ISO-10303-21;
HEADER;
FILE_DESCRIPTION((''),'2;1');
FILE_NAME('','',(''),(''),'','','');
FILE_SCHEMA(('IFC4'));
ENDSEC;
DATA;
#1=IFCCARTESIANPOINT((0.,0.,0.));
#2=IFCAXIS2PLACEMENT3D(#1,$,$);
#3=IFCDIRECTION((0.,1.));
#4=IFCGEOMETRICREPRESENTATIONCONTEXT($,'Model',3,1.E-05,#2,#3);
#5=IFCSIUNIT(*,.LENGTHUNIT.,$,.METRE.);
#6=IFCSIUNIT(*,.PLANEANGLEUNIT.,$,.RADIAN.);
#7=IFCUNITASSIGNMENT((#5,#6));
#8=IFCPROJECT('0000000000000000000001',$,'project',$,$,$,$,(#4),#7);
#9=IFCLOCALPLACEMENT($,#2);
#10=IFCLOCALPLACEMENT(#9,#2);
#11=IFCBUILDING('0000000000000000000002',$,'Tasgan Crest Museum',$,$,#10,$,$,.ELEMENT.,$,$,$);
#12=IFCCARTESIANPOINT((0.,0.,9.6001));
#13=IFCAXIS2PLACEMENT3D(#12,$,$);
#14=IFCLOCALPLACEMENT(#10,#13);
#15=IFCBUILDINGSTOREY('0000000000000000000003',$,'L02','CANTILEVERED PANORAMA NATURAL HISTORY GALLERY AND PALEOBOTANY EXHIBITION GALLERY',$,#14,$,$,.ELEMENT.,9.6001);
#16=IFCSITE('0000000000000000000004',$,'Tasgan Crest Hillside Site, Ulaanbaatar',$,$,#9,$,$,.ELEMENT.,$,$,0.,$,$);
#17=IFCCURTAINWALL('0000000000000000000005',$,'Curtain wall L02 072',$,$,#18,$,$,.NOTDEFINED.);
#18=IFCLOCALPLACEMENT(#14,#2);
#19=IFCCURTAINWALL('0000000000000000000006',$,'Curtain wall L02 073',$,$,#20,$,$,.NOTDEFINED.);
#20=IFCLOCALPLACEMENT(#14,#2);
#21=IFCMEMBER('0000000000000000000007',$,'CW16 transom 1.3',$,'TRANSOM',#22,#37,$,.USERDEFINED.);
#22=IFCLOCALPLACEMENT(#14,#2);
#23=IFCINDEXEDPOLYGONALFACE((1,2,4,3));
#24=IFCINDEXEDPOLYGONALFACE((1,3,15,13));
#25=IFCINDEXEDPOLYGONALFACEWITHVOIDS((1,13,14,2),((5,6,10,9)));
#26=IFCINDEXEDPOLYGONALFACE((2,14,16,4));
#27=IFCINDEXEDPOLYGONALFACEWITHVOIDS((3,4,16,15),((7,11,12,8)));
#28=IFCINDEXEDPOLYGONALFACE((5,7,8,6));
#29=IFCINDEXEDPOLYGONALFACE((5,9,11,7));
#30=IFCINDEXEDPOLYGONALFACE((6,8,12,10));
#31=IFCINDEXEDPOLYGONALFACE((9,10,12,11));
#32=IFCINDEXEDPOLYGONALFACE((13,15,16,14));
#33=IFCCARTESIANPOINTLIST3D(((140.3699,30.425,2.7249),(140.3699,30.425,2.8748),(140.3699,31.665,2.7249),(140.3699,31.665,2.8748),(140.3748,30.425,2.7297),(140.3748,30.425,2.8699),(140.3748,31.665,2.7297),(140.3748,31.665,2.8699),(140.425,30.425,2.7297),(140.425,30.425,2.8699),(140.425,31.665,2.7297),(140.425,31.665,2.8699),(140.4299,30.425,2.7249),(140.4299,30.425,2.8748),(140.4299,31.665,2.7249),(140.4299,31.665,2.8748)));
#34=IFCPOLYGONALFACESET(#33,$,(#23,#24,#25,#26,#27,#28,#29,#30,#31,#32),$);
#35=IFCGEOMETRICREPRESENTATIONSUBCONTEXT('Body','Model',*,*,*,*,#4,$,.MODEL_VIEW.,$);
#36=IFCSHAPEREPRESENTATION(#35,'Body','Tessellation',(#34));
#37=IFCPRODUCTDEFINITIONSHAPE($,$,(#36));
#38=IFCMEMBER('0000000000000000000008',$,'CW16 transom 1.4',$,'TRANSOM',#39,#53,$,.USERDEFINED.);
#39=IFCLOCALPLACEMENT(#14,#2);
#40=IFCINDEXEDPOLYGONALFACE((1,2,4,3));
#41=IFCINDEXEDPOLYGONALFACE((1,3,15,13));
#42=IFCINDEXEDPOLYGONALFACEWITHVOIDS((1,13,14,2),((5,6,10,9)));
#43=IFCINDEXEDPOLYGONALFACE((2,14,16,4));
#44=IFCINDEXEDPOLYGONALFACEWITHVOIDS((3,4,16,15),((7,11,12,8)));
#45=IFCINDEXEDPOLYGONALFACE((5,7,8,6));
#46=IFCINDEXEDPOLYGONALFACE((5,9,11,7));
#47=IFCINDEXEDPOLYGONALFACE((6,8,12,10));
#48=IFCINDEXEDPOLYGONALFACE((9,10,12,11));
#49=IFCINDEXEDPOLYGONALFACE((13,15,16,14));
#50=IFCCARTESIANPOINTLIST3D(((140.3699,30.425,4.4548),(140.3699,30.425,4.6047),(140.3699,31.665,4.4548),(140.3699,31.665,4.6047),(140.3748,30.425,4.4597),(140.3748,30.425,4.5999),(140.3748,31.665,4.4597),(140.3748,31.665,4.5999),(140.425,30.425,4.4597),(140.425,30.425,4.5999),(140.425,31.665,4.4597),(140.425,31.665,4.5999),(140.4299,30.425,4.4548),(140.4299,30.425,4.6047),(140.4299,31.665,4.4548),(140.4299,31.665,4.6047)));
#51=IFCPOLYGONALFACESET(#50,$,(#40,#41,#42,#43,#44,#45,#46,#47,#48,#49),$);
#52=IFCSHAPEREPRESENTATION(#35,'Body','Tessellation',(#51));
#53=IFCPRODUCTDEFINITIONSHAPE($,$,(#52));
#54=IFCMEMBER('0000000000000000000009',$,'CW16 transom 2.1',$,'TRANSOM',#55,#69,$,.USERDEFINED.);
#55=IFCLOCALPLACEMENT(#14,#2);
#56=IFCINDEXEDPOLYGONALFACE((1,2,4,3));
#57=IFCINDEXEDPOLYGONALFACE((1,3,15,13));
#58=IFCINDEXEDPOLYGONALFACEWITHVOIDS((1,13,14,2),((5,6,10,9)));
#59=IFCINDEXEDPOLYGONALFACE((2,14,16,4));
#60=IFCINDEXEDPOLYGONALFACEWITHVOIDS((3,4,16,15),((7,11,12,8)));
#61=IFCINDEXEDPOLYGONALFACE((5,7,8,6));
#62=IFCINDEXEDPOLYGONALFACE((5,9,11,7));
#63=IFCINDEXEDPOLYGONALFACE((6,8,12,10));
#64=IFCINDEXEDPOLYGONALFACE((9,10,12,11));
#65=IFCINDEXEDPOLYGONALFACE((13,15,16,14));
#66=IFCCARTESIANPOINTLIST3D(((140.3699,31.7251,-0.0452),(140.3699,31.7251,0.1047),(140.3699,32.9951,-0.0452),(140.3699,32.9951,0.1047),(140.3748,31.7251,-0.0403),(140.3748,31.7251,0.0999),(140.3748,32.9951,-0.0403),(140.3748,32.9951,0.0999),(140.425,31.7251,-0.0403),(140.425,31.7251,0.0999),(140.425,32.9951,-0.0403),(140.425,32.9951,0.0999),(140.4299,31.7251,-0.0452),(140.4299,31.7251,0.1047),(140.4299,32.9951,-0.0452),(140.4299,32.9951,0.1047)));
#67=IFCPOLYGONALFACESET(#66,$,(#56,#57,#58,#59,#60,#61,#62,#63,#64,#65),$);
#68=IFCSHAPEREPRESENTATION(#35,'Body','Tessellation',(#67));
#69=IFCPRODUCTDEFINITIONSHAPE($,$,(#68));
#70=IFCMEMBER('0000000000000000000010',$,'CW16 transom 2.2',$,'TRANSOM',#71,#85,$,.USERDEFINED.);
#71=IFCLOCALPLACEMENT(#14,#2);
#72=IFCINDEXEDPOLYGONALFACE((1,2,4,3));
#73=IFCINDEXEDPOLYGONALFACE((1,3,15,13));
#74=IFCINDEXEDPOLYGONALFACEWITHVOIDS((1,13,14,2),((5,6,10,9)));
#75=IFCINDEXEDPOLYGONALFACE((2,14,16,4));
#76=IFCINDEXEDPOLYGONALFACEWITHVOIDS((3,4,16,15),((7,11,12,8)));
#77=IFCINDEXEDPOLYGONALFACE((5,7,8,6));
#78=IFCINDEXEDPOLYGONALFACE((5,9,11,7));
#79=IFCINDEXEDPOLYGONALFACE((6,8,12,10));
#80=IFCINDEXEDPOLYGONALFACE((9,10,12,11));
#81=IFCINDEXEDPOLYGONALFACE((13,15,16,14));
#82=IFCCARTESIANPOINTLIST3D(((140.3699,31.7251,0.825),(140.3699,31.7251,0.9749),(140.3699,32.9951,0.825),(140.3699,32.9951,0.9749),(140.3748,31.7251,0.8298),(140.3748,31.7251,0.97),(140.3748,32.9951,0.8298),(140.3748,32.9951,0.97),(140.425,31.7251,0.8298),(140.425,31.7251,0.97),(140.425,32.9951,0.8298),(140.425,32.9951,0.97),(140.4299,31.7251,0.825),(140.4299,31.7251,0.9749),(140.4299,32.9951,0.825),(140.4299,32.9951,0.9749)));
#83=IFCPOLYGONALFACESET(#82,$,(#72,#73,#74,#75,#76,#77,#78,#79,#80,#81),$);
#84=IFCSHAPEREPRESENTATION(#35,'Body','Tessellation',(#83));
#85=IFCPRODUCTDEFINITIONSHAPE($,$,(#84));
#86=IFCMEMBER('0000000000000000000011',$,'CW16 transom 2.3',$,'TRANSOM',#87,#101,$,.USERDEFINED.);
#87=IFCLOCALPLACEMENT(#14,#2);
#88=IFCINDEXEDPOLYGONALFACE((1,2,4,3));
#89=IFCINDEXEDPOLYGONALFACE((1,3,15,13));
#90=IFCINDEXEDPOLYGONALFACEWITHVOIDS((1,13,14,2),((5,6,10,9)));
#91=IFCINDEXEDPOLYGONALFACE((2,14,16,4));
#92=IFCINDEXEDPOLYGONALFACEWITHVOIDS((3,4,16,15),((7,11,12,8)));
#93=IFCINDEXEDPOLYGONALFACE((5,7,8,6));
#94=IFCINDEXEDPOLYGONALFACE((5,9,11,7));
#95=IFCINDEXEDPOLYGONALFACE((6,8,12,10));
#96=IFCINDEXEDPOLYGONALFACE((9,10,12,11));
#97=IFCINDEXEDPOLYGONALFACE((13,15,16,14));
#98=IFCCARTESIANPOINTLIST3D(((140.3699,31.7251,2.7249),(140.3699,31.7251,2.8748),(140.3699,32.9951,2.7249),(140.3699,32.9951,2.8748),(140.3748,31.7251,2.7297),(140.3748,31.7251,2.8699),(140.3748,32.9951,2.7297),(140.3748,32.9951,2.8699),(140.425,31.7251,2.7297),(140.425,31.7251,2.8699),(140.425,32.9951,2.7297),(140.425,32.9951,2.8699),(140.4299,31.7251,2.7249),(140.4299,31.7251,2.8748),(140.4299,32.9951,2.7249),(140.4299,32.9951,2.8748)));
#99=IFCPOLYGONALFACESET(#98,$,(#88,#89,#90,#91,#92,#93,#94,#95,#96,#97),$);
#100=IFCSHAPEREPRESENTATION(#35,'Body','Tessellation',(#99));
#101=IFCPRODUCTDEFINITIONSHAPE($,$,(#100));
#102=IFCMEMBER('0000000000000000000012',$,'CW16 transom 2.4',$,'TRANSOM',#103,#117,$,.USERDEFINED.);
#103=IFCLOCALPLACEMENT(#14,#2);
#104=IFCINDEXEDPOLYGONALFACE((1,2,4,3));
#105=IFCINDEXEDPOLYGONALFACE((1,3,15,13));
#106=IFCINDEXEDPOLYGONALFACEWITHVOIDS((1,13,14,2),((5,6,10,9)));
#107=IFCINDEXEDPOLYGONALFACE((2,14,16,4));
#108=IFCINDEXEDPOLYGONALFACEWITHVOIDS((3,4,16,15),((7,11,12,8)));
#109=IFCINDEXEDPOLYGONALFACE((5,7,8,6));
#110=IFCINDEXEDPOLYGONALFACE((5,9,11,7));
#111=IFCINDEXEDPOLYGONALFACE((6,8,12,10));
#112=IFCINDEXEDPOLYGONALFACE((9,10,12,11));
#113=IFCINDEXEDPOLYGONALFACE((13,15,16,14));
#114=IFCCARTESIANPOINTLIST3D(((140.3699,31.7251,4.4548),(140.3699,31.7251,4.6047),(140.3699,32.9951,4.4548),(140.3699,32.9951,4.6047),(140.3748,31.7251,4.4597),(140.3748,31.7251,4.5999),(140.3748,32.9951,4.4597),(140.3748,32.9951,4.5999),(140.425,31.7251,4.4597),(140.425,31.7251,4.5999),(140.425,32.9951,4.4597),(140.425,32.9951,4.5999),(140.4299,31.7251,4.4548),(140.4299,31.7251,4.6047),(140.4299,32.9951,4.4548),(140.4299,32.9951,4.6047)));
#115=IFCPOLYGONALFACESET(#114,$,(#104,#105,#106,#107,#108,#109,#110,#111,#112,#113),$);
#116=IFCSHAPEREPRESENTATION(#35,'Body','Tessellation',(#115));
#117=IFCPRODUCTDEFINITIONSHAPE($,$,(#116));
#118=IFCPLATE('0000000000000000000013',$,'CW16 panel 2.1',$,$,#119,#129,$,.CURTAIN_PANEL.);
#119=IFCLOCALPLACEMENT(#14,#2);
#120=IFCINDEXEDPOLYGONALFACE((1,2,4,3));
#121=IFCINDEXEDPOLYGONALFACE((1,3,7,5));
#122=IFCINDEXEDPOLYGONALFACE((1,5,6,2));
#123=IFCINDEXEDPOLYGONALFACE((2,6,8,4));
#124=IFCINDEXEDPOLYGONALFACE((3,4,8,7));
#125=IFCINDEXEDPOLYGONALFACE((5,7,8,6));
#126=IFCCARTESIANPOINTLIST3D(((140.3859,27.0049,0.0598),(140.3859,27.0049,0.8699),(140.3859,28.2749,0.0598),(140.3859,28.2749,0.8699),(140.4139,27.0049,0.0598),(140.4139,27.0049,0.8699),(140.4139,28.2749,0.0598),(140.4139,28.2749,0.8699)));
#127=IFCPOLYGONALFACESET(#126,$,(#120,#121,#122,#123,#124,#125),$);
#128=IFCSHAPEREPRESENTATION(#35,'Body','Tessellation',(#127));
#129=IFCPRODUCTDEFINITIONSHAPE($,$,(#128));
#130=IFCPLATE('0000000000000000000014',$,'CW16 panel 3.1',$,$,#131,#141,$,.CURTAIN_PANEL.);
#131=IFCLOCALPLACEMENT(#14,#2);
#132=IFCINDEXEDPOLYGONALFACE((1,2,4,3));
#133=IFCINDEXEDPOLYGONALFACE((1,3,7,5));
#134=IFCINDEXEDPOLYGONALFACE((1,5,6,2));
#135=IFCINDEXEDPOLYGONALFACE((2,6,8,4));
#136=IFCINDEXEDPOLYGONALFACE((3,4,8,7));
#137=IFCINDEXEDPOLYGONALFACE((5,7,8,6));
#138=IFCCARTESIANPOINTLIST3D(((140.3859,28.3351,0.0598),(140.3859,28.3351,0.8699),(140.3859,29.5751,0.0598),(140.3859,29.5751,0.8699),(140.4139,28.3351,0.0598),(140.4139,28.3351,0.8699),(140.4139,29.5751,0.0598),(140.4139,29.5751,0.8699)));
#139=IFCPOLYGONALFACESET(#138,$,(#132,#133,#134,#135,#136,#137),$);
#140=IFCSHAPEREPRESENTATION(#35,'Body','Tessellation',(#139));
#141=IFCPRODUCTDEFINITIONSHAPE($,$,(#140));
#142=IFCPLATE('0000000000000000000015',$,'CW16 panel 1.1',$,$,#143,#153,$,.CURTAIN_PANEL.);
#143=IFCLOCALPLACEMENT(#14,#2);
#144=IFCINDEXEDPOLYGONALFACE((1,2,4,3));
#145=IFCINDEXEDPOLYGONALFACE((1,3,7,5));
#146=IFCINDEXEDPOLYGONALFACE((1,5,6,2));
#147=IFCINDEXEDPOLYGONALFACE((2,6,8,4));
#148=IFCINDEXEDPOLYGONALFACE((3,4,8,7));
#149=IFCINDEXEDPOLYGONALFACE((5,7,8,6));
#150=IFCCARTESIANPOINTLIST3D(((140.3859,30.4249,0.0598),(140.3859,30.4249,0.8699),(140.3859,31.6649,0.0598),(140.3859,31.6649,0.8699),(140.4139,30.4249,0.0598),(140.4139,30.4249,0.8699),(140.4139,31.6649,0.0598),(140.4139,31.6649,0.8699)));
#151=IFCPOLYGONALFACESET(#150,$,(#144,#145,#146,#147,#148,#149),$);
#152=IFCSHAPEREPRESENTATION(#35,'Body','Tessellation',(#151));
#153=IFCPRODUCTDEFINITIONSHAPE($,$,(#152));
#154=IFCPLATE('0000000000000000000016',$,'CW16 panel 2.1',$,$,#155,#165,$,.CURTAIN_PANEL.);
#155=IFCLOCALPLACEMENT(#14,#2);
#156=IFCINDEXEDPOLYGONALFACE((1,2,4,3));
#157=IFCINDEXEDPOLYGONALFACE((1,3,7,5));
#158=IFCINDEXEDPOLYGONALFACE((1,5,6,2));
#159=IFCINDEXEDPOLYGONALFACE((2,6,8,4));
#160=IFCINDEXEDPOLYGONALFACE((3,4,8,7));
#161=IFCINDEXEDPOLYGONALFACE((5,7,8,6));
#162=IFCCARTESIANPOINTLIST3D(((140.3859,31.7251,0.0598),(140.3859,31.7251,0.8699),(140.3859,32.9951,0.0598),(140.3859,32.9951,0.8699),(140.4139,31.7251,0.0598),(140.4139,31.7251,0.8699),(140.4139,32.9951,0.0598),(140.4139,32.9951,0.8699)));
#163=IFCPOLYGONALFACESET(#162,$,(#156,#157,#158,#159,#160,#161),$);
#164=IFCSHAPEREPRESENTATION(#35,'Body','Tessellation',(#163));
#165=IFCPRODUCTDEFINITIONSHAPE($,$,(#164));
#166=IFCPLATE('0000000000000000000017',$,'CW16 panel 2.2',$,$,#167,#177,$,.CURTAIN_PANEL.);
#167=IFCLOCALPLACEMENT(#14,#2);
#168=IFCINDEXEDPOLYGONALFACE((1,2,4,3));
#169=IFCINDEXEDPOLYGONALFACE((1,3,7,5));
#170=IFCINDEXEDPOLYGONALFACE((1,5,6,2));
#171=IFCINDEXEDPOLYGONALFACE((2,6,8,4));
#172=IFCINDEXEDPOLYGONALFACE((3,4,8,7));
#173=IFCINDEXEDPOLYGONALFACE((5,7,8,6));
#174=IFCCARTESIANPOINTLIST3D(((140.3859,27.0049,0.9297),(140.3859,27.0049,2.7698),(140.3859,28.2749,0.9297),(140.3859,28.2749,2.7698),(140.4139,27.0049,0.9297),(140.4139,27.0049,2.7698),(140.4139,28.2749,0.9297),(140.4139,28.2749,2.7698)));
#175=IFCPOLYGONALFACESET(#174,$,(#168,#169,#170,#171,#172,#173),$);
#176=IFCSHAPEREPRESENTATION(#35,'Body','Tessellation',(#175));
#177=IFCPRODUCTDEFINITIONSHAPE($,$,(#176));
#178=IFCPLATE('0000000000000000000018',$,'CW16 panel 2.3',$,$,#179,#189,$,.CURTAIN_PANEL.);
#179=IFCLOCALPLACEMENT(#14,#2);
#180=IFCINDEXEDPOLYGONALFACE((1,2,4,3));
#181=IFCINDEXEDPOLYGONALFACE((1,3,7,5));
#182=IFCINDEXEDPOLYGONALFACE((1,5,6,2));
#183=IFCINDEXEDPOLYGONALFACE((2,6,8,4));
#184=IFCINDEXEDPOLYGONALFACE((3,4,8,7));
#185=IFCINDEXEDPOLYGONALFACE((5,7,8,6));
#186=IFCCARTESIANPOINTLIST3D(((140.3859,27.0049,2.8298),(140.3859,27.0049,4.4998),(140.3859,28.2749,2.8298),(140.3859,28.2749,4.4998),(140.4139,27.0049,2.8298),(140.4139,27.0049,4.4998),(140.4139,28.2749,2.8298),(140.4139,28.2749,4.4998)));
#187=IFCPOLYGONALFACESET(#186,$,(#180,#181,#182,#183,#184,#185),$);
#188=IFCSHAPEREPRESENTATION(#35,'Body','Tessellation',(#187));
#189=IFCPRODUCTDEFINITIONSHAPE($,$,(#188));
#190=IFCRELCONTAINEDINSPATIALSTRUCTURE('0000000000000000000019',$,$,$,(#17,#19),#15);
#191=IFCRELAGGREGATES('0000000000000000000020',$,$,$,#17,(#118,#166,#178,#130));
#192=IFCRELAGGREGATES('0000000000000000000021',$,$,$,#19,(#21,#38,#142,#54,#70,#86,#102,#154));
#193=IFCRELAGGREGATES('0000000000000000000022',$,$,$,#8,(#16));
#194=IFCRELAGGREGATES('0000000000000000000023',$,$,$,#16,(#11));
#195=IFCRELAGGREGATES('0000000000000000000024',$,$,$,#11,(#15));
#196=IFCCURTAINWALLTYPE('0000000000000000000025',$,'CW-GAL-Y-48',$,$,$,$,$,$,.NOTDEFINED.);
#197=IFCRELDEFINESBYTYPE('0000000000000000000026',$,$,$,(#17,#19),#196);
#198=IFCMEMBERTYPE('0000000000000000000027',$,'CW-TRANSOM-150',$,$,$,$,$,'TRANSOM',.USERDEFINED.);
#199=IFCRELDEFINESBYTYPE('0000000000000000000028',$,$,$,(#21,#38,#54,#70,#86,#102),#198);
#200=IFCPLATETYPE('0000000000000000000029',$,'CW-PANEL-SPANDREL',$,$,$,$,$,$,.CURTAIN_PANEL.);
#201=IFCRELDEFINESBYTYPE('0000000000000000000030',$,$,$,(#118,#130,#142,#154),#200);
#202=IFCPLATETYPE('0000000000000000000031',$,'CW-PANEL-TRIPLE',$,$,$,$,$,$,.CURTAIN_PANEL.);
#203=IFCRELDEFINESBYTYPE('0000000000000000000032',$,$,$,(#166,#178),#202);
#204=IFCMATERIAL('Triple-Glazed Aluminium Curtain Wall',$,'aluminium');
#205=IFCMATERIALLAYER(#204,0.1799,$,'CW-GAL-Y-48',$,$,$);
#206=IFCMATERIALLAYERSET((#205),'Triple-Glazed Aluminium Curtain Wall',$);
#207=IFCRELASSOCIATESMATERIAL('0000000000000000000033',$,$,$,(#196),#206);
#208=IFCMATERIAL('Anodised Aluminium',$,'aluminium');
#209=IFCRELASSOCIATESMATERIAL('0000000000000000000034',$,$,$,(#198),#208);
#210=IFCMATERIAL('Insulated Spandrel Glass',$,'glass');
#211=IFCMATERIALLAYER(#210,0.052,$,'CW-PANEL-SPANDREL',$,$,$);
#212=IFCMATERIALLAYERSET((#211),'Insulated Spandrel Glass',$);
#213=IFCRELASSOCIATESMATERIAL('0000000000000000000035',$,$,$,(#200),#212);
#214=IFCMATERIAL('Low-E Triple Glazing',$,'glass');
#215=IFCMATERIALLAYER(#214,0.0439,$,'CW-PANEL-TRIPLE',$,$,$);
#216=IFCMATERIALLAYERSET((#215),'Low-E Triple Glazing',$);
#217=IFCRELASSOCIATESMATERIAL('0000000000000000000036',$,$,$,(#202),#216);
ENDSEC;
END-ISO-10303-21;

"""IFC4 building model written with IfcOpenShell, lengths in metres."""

from ifc_helpers import new_model, si_unit, direction, frame, origin, origin_2d, place, context, subcontext, project, spatial, rectangle, hollow_rectangle, extrude, material, layer, layer_set, material_profile, profile_set, type_object, element, aggregate, save


model = new_model("IFC4")

# Units and contexts
model_context = context("Model", 3, precision=1e-05, world=origin(), true_north=direction((0.0, 1.0)))
body_context = subcontext(model_context, "Body", "Model", "MODEL_VIEW")
ifc_project = project(units=[si_unit("LENGTHUNIT", "METRE"), si_unit("PLANEANGLEUNIT", "RADIAN")], contexts=[model_context])

# Site, building, storey
site_placement = place(None, origin())
site = spatial("IfcSite", under=ifc_project, at=site_placement, Name="Tasgan Crest Hillside Site, Ulaanbaatar", CompositionType="ELEMENT", RefElevation=0.0)
building_placement = place(site_placement, origin())
building = spatial("IfcBuilding", under=site, at=building_placement, Name="Tasgan Crest Museum", CompositionType="ELEMENT")
storey_placement = place(building_placement, frame((0.0, 0.0, 9.6001)))
storey = spatial("IfcBuildingStorey", under=building, at=storey_placement, Name="L02", Description="CANTILEVERED PANORAMA NATURAL HISTORY GALLERY AND PALEOBOTANY EXHIBITION GALLERY", CompositionType="ELEMENT", Elevation=9.6001)

# Curtain walls
ifc_material_1 = material(Name="Triple-Glazed Aluminium Curtain Wall", Category="aluminium")
ifc_layer_1 = layer(ifc_material_1, 0.1799, Name="CW-GAL-Y-48")
ifc_layer_set_1 = layer_set([ifc_layer_1], Name="Triple-Glazed Aluminium Curtain Wall")
curtain_wall_type = type_object("IfcCurtainWallType", Name="CW-GAL-Y-48", PredefinedType="NOTDEFINED", material=ifc_layer_set_1)
curtain_wall_1_placement = place(storey_placement, origin())
curtain_wall_1 = element("IfcCurtainWall", 1, at=curtain_wall_1_placement, inside=storey, type_object=curtain_wall_type, Name="Curtain wall L02 072", PredefinedType="NOTDEFINED")
curtain_wall_2_placement = place(storey_placement, origin())
curtain_wall_2 = element("IfcCurtainWall", 2, at=curtain_wall_2_placement, inside=storey, type_object=curtain_wall_type, Name="Curtain wall L02 073", PredefinedType="NOTDEFINED")

# Members
ifc_material_2 = material(Name="Anodised Aluminium", Category="aluminium")
ifc_material_profile_1 = material_profile(ifc_material_2, hollow_rectangle(XDim=0.0601, YDim=0.1499, WallThickness=0.0049, at=origin_2d()), Name="ALU TRANSOM 150x60x5")
ifc_profile_set_1 = profile_set([ifc_material_profile_1], Name="Anodised Aluminium")
member_type_1 = type_object("IfcMemberType", Name="CW-TRANSOM-150", ElementType="TRANSOM", PredefinedType="USERDEFINED", material=ifc_profile_set_1)
member_1_placement = place(storey_placement, frame((140.3999, 30.425, 2.7998), z_axis=(0.0, 1.0, 0.0), x_axis=(-1.0, 0.0, 0.0)))
member_1 = element("IfcMember", 3, at=member_1_placement, type_object=member_type_1, Name="CW16 transom 1.3", ObjectType="TRANSOM", PredefinedType="USERDEFINED", context=body_context, shape_type="SweptSolid", body=[
    extrude(hollow_rectangle(XDim=0.0601, YDim=0.1499, WallThickness=0.0049, at=origin_2d()), origin(), (0.0, 0.0, 1.0), 1.24),
])
member_2_placement = place(storey_placement, frame((140.3999, 30.425, 4.5298), z_axis=(0.0, 1.0, 0.0), x_axis=(-1.0, 0.0, 0.0)))
member_2 = element("IfcMember", 4, at=member_2_placement, type_object=member_type_1, Name="CW16 transom 1.4", ObjectType="TRANSOM", PredefinedType="USERDEFINED", context=body_context, shape_type="SweptSolid", body=[
    extrude(hollow_rectangle(XDim=0.0601, YDim=0.1499, WallThickness=0.0049, at=origin_2d()), origin(), (0.0, 0.0, 1.0), 1.24),
])
member_3_placement = place(storey_placement, frame((140.3999, 31.7251, 0.0298), z_axis=(0.0, 1.0, 0.0), x_axis=(-1.0, 0.0, 0.0)))
member_3 = element("IfcMember", 5, at=member_3_placement, type_object=member_type_1, Name="CW16 transom 2.1", ObjectType="TRANSOM", PredefinedType="USERDEFINED", context=body_context, shape_type="SweptSolid", body=[
    extrude(hollow_rectangle(XDim=0.0601, YDim=0.1499, WallThickness=0.0049, at=origin_2d()), origin(), (0.0, 0.0, 1.0), 1.27),
])
member_4_placement = place(storey_placement, frame((140.3999, 31.7251, 0.8999), z_axis=(0.0, 1.0, 0.0), x_axis=(-1.0, 0.0, 0.0)))
member_4 = element("IfcMember", 6, at=member_4_placement, type_object=member_type_1, Name="CW16 transom 2.2", ObjectType="TRANSOM", PredefinedType="USERDEFINED", context=body_context, shape_type="SweptSolid", body=[
    extrude(hollow_rectangle(XDim=0.0601, YDim=0.1499, WallThickness=0.0049, at=origin_2d()), origin(), (0.0, 0.0, 1.0), 1.27),
])
member_5_placement = place(storey_placement, frame((140.3999, 31.7251, 2.7998), z_axis=(0.0, 1.0, 0.0), x_axis=(-1.0, 0.0, 0.0)))
member_5 = element("IfcMember", 7, at=member_5_placement, type_object=member_type_1, Name="CW16 transom 2.3", ObjectType="TRANSOM", PredefinedType="USERDEFINED", context=body_context, shape_type="SweptSolid", body=[
    extrude(hollow_rectangle(XDim=0.0601, YDim=0.1499, WallThickness=0.0049, at=origin_2d()), origin(), (0.0, 0.0, 1.0), 1.27),
])
member_6_placement = place(storey_placement, frame((140.3999, 31.7251, 4.5298), z_axis=(0.0, 1.0, 0.0), x_axis=(-1.0, 0.0, 0.0)))
member_6 = element("IfcMember", 8, at=member_6_placement, type_object=member_type_1, Name="CW16 transom 2.4", ObjectType="TRANSOM", PredefinedType="USERDEFINED", context=body_context, shape_type="SweptSolid", body=[
    extrude(hollow_rectangle(XDim=0.0601, YDim=0.1499, WallThickness=0.0049, at=origin_2d()), origin(), (0.0, 0.0, 1.0), 1.27),
])

# Plates
ifc_material_3 = material(Name="Insulated Spandrel Glass", Category="glass")
ifc_layer_2 = layer(ifc_material_3, 0.052, Name="CW-PANEL-SPANDREL")
ifc_layer_set_2 = layer_set([ifc_layer_2], Name="Insulated Spandrel Glass")
plate_type_1 = type_object("IfcPlateType", Name="CW-PANEL-SPANDREL", PredefinedType="CURTAIN_PANEL", material=ifc_layer_set_2)
plate_1_placement = place(storey_placement, frame((140.3999, 27.6399, 0.0598), z_axis=(0.0, 0.0, 1.0), x_axis=(0.0, 1.0, 0.0)))
plate_1 = element("IfcPlate", 9, at=plate_1_placement, type_object=plate_type_1, Name="CW16 panel 2.1", PredefinedType="CURTAIN_PANEL", context=body_context, shape_type="SweptSolid", body=[
    extrude(rectangle(XDim=1.27, YDim=0.0281, at=origin_2d()), origin(), (0.0, 0.0, 1.0), 0.8101),
])
plate_2_placement = place(storey_placement, frame((140.3999, 28.9551, 0.0598), z_axis=(0.0, 0.0, 1.0), x_axis=(0.0, 1.0, 0.0)))
plate_2 = element("IfcPlate", 10, at=plate_2_placement, type_object=plate_type_1, Name="CW16 panel 3.1", PredefinedType="CURTAIN_PANEL", context=body_context, shape_type="SweptSolid", body=[
    extrude(rectangle(XDim=1.24, YDim=0.0281, at=origin_2d()), origin(), (0.0, 0.0, 1.0), 0.8101),
])
plate_3_placement = place(storey_placement, frame((140.3999, 31.0449, 0.0598), z_axis=(0.0, 0.0, 1.0), x_axis=(0.0, 1.0, 0.0)))
plate_3 = element("IfcPlate", 11, at=plate_3_placement, type_object=plate_type_1, Name="CW16 panel 1.1", PredefinedType="CURTAIN_PANEL", context=body_context, shape_type="SweptSolid", body=[
    extrude(rectangle(XDim=1.24, YDim=0.0281, at=origin_2d()), origin(), (0.0, 0.0, 1.0), 0.8101),
])
plate_4_placement = place(storey_placement, frame((140.3999, 32.3601, 0.0598), z_axis=(0.0, 0.0, 1.0), x_axis=(0.0, 1.0, 0.0)))
plate_4 = element("IfcPlate", 12, at=plate_4_placement, type_object=plate_type_1, Name="CW16 panel 2.1", PredefinedType="CURTAIN_PANEL", context=body_context, shape_type="SweptSolid", body=[
    extrude(rectangle(XDim=1.27, YDim=0.0281, at=origin_2d()), origin(), (0.0, 0.0, 1.0), 0.8101),
])
ifc_material_4 = material(Name="Low-E Triple Glazing", Category="glass")
ifc_layer_3 = layer(ifc_material_4, 0.0439, Name="CW-PANEL-TRIPLE")
ifc_layer_set_3 = layer_set([ifc_layer_3], Name="Low-E Triple Glazing")
plate_type_2 = type_object("IfcPlateType", Name="CW-PANEL-TRIPLE", PredefinedType="CURTAIN_PANEL", material=ifc_layer_set_3)
plate_5_placement = place(storey_placement, frame((140.3999, 27.6399, 0.9297), z_axis=(0.0, 0.0, 1.0), x_axis=(0.0, 1.0, 0.0)))
plate_5 = element("IfcPlate", 13, at=plate_5_placement, type_object=plate_type_2, Name="CW16 panel 2.2", PredefinedType="CURTAIN_PANEL", context=body_context, shape_type="SweptSolid", body=[
    extrude(rectangle(XDim=1.27, YDim=0.0281, at=origin_2d()), origin(), (0.0, 0.0, 1.0), 1.8401),
])
plate_6_placement = place(storey_placement, frame((140.3999, 27.6399, 2.8298), z_axis=(0.0, 0.0, 1.0), x_axis=(0.0, 1.0, 0.0)))
plate_6 = element("IfcPlate", 14, at=plate_6_placement, type_object=plate_type_2, Name="CW16 panel 2.3", PredefinedType="CURTAIN_PANEL", context=body_context, shape_type="SweptSolid", body=[
    extrude(rectangle(XDim=1.27, YDim=0.0281, at=origin_2d()), origin(), (0.0, 0.0, 1.0), 1.6699),
])
aggregate(curtain_wall_1, [plate_1, plate_5, plate_6, plate_2])
aggregate(curtain_wall_2, [member_1, member_2, plate_3, member_3, member_4, member_5, member_6, plate_4])

save(model, "model.ifc")
